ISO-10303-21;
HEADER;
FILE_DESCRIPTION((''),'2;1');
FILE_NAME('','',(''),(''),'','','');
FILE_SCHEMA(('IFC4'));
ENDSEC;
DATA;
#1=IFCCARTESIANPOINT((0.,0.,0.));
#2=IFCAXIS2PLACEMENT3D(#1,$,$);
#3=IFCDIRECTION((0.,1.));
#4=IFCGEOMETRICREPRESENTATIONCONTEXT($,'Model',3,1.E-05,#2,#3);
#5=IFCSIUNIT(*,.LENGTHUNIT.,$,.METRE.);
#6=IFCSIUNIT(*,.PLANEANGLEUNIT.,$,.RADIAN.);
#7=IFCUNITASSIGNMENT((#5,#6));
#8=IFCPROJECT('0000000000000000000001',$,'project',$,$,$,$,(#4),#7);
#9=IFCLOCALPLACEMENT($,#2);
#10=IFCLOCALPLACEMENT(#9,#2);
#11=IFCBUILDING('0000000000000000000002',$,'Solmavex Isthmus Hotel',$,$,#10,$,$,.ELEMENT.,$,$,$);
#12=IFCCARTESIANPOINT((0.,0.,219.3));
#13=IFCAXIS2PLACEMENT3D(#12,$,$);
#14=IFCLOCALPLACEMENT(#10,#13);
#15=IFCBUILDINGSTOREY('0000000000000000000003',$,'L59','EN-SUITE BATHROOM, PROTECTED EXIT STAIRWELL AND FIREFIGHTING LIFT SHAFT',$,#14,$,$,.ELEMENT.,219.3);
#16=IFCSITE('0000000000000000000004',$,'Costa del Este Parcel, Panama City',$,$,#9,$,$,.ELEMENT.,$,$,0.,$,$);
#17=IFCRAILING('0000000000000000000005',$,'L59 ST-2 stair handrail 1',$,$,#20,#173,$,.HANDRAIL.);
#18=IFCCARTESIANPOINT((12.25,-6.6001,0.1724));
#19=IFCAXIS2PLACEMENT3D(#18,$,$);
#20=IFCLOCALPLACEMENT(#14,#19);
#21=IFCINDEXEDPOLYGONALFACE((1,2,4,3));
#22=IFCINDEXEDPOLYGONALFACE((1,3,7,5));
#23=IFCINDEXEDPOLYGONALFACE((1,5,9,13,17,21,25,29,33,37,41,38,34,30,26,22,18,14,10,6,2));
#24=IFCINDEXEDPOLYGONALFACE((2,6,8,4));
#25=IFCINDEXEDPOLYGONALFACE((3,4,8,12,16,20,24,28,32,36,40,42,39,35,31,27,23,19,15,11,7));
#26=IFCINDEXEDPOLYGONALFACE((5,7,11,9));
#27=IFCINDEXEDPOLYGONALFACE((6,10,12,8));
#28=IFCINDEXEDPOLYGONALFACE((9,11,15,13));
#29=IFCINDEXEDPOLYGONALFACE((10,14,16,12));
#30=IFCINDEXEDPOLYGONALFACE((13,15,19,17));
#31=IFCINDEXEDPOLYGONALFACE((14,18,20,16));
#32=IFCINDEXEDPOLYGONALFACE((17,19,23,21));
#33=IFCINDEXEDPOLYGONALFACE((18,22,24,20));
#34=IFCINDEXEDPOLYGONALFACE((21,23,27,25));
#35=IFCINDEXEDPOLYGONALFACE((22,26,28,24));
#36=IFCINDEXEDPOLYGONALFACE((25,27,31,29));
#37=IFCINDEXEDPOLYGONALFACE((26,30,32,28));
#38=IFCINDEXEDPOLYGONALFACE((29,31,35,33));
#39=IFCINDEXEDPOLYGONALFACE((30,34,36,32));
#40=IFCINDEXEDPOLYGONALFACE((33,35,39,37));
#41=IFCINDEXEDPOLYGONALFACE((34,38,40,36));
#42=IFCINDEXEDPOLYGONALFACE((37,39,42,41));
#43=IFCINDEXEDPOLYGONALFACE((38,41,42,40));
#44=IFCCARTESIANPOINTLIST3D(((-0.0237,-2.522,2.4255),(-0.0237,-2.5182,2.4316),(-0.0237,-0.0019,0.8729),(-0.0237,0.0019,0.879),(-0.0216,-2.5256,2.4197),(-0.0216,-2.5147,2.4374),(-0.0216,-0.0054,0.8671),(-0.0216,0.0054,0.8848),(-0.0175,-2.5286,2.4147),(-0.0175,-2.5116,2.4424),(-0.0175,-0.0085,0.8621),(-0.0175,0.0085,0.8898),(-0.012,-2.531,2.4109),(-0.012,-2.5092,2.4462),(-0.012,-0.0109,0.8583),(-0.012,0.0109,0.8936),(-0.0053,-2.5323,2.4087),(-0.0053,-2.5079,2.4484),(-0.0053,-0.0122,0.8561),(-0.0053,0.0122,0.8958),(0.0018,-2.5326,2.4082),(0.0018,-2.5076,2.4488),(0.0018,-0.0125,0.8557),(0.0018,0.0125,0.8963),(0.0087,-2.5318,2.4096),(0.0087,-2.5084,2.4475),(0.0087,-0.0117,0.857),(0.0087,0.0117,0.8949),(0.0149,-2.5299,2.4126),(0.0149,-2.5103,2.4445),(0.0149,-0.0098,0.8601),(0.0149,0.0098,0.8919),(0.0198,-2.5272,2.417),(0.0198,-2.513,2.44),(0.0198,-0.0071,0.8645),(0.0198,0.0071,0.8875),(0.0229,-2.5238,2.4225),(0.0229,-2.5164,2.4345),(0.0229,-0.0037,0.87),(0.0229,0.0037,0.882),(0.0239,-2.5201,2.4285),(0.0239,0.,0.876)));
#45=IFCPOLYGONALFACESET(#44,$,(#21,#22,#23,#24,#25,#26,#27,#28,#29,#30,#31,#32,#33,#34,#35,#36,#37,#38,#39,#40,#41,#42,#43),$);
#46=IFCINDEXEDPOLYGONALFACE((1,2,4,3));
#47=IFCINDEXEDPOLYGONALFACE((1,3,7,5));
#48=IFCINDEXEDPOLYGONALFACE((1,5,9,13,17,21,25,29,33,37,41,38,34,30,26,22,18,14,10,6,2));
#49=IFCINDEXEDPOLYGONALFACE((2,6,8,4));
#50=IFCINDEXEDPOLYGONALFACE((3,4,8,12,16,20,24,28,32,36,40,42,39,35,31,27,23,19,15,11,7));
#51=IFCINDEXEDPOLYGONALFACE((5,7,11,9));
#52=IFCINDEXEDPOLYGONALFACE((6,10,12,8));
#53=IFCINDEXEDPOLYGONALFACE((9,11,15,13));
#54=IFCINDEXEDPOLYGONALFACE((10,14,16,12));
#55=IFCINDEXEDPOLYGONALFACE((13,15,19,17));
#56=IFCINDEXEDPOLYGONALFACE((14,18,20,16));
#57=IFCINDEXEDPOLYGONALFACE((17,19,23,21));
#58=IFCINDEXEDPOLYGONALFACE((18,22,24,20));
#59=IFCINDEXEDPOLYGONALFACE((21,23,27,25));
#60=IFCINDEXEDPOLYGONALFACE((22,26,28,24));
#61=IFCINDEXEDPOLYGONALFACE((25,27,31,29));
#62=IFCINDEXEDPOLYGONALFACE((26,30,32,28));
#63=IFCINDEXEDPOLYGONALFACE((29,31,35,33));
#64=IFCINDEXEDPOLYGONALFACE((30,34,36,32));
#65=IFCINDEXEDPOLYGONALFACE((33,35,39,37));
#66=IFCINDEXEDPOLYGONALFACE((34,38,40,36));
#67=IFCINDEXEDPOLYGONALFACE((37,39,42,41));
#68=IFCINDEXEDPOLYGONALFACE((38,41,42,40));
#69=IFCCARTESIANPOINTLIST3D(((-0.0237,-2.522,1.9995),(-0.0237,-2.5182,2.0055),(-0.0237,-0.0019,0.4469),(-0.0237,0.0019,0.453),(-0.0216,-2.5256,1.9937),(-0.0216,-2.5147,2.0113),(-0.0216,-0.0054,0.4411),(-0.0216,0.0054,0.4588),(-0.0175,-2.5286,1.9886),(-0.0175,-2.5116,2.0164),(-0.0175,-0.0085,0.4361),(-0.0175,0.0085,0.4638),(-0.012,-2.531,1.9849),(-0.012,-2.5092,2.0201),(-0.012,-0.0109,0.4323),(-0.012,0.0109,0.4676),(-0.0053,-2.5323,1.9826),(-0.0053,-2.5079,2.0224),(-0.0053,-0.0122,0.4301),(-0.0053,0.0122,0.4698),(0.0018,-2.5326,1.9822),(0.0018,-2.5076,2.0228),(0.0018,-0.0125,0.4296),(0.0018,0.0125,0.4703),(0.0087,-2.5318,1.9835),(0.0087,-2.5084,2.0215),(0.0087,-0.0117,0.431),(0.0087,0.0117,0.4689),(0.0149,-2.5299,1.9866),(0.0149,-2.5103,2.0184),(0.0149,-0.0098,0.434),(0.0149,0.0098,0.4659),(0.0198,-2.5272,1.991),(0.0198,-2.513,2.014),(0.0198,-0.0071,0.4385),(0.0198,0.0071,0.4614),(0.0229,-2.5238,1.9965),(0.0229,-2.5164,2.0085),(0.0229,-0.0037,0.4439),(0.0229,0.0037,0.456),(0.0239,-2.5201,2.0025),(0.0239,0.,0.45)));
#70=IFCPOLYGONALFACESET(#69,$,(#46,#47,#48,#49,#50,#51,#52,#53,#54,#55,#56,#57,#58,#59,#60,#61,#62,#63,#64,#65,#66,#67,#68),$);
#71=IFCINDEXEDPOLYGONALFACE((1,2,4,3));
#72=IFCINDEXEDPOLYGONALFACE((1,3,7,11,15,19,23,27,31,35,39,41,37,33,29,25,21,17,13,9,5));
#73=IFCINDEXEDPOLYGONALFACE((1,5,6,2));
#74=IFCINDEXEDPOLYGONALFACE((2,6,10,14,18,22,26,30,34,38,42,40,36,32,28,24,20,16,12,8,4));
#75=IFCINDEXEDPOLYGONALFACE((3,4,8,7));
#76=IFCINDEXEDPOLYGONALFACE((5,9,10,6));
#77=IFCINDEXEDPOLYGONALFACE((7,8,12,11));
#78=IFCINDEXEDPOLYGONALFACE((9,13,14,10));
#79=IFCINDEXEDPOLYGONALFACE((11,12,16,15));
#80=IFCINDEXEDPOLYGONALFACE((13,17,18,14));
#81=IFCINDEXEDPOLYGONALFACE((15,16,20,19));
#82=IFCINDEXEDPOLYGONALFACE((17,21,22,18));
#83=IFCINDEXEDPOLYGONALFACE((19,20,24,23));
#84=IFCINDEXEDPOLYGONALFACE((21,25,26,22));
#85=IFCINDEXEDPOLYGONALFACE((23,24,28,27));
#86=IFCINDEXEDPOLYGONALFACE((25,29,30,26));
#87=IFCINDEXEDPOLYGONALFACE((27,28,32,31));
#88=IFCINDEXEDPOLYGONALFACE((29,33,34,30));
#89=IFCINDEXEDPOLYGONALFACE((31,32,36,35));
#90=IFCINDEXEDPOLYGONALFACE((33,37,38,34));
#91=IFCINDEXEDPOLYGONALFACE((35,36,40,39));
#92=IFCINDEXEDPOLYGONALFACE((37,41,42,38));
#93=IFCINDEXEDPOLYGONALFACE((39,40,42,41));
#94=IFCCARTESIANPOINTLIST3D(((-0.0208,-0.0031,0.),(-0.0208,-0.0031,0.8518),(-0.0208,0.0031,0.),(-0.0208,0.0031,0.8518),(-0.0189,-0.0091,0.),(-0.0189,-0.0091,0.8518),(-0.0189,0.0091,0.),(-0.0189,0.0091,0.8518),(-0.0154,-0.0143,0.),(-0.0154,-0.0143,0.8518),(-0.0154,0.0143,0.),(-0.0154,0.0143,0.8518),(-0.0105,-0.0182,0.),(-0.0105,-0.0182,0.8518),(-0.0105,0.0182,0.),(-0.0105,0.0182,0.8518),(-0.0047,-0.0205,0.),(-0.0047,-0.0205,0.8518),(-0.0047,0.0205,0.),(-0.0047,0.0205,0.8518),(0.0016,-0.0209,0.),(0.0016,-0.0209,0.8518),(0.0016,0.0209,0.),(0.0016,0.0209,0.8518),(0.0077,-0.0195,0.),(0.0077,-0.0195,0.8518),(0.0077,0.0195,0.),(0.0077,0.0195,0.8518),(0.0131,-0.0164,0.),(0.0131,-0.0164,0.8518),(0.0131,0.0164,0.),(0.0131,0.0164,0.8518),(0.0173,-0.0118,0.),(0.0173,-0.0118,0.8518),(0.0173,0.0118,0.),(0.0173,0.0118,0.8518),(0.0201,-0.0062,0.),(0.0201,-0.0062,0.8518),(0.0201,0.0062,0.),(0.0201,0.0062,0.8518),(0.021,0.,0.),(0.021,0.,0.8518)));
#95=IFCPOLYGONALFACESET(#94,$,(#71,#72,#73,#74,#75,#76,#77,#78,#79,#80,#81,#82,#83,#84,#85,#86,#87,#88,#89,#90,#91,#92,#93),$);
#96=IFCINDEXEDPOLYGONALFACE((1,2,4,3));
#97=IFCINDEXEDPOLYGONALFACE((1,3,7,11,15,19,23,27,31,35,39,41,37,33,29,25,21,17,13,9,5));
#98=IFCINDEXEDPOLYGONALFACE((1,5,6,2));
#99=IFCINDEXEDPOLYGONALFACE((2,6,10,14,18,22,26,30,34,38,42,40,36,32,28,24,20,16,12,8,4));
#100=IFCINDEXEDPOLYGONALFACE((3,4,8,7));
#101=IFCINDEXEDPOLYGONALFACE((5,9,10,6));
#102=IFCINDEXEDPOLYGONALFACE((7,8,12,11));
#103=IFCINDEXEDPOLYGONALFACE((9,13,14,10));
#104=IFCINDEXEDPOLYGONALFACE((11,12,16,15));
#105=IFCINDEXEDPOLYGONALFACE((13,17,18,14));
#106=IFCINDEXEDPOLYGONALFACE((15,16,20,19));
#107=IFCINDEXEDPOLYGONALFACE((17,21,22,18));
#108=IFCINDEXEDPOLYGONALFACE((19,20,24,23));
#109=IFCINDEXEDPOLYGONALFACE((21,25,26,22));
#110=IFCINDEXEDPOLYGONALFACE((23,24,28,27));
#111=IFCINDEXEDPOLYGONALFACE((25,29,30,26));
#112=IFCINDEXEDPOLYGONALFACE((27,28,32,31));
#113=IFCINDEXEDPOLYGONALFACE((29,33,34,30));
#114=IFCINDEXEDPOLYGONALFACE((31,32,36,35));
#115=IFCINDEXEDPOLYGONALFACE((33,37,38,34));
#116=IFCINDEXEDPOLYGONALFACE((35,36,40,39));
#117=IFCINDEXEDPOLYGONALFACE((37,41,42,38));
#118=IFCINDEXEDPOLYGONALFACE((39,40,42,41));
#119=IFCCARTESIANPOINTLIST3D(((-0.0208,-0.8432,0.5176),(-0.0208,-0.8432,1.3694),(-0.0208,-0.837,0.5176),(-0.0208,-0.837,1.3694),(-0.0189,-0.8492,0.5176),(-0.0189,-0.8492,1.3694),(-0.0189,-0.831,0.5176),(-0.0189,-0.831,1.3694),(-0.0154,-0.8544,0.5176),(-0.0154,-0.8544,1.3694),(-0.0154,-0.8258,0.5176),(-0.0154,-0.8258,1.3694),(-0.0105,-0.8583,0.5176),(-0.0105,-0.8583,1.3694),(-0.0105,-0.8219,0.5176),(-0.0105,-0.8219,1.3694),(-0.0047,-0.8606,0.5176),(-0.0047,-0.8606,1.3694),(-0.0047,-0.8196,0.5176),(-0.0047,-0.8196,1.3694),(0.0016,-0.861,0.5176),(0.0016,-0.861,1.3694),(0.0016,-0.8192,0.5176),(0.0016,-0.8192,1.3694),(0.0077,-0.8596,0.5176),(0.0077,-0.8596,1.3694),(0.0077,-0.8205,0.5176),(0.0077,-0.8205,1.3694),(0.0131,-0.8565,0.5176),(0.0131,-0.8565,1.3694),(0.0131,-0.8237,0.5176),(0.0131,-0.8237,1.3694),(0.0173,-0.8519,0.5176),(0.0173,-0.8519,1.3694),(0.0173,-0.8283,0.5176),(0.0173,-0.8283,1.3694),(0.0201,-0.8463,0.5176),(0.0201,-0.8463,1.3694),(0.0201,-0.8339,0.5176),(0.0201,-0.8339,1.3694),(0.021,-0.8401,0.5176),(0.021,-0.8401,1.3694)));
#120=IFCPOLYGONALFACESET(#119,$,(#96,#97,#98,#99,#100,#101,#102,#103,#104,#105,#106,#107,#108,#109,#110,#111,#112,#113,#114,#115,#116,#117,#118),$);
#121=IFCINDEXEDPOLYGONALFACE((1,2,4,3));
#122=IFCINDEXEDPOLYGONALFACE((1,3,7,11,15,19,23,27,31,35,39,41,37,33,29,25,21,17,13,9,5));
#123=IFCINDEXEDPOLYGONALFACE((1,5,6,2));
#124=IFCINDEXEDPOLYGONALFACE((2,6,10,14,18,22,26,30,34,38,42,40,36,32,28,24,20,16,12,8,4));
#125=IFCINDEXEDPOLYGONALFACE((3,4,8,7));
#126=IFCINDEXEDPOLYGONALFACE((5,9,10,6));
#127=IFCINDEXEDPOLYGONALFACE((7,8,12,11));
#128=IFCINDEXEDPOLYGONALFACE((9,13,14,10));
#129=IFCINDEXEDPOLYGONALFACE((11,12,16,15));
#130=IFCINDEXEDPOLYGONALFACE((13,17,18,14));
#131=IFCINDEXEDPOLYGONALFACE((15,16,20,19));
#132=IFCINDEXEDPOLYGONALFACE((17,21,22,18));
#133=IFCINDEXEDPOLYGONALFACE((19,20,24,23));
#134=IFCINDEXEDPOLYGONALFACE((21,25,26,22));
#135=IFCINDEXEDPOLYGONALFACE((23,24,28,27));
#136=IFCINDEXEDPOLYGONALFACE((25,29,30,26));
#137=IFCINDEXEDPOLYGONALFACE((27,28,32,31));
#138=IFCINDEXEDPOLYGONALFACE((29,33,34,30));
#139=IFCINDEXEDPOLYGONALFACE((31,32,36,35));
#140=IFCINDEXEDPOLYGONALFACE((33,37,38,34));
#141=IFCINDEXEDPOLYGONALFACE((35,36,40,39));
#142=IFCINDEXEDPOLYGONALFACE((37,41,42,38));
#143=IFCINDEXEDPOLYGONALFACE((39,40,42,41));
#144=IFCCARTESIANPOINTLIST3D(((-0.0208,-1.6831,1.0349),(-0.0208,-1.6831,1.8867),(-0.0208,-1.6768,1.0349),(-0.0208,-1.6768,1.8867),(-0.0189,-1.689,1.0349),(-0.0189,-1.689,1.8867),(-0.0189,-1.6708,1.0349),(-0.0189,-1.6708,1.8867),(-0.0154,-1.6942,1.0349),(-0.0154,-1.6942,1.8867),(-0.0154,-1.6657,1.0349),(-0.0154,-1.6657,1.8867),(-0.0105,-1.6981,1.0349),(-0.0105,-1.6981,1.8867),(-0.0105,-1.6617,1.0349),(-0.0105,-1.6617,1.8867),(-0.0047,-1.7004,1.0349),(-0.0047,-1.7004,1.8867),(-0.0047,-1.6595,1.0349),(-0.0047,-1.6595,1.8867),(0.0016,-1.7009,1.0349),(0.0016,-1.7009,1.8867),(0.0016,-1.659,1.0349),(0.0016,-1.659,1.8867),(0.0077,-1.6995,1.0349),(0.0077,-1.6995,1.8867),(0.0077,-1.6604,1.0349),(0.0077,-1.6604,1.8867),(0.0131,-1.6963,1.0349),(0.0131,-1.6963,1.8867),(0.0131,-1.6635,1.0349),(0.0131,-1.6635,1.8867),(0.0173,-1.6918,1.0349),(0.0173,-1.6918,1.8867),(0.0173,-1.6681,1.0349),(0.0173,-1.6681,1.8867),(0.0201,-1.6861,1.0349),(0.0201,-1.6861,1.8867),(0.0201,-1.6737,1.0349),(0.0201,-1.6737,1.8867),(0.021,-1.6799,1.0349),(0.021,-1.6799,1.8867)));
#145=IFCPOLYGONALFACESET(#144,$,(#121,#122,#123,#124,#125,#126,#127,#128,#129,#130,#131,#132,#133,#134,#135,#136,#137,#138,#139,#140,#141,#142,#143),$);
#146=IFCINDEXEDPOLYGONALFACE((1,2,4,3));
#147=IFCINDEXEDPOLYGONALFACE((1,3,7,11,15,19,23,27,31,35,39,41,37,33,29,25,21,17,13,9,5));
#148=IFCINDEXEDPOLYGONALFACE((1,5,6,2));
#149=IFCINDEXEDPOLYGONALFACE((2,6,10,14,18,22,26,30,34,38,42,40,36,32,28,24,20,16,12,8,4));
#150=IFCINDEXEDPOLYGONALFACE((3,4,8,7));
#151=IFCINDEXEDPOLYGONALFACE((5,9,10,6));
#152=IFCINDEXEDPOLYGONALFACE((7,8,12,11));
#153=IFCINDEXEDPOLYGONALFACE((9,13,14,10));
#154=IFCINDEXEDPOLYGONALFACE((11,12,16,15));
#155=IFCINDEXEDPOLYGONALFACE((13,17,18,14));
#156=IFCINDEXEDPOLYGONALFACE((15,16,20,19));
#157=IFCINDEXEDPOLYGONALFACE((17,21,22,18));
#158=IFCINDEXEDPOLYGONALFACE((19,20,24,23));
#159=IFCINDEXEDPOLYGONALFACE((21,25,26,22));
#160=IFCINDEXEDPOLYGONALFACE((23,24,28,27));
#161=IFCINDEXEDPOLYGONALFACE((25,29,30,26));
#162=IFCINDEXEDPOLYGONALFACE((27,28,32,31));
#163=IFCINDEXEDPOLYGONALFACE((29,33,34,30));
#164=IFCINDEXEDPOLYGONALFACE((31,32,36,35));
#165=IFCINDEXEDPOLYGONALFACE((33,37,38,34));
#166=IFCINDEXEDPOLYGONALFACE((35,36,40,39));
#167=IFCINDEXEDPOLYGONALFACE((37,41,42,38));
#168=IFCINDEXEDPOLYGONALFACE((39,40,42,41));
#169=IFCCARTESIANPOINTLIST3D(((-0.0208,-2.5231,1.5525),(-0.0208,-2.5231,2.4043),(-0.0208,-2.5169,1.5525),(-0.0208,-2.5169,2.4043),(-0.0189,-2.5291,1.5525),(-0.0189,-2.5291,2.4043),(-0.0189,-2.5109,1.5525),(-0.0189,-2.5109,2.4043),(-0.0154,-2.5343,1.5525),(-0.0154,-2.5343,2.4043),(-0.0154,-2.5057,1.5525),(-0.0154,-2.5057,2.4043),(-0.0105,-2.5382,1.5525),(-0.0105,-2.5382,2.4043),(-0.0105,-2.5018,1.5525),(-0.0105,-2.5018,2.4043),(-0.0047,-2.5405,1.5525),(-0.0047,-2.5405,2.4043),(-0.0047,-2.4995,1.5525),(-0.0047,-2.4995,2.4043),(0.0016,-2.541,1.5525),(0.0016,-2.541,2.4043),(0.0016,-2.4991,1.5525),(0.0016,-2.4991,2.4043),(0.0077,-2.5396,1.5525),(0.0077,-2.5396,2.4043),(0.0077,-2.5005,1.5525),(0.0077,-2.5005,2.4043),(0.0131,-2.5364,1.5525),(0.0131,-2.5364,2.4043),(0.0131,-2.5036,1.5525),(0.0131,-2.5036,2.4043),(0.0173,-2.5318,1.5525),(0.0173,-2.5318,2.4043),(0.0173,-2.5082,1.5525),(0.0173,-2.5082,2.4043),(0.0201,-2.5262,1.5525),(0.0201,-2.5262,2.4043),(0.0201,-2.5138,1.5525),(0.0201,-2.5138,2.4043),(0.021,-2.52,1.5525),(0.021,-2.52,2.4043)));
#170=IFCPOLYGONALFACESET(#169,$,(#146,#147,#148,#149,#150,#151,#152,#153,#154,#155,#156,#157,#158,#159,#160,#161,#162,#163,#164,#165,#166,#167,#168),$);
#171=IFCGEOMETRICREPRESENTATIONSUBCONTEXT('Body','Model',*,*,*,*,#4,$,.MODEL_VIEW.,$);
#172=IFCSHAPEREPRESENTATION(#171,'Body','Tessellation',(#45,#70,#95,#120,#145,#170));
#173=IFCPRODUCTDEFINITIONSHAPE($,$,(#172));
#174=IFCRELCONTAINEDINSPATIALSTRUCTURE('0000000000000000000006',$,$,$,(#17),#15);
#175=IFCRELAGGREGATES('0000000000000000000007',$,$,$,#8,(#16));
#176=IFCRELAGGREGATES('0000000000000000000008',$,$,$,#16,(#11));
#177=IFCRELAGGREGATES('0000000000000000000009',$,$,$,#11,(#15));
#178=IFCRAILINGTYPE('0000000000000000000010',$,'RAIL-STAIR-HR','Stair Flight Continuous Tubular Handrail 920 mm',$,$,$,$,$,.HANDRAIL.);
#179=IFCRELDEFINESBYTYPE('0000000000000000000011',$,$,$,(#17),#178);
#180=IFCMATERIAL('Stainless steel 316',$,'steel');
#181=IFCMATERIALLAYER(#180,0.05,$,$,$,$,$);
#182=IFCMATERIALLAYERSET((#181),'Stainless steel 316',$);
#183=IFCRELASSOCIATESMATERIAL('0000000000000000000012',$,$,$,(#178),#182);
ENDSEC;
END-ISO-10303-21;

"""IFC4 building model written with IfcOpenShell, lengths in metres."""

from ifc_helpers import new_model, si_unit, direction, frame, origin, origin_2d, place, context, subcontext, project, spatial, circle, extrude, material, layer, layer_set, type_object, element, save


model = new_model("IFC4")

# Units and contexts
model_context = context("Model", 3, precision=1e-05, world=origin(), true_north=direction((0.0, 1.0)))
body_context = subcontext(model_context, "Body", "Model", "MODEL_VIEW")
ifc_project = project(units=[si_unit("LENGTHUNIT", "METRE"), si_unit("PLANEANGLEUNIT", "RADIAN")], contexts=[model_context])

# Site, building, storey
site_placement = place(None, origin())
site = spatial("IfcSite", under=ifc_project, at=site_placement, Name="Costa del Este Parcel, Panama City", CompositionType="ELEMENT", RefElevation=0.0)
building_placement = place(site_placement, origin())
building = spatial("IfcBuilding", under=site, at=building_placement, Name="Solmavex Isthmus Hotel", CompositionType="ELEMENT")
storey_placement = place(building_placement, frame((0.0, 0.0, 219.3)))
storey = spatial("IfcBuildingStorey", under=building, at=storey_placement, Name="L59", Description="EN-SUITE BATHROOM, PROTECTED EXIT STAIRWELL AND FIREFIGHTING LIFT SHAFT", CompositionType="ELEMENT", Elevation=219.3)

# Railing
ifc_material_1 = material(Name="Stainless steel 316", Category="steel")
ifc_layer_1 = layer(ifc_material_1, 0.05)
ifc_layer_set_1 = layer_set([ifc_layer_1], Name="Stainless steel 316")
railing_type_1 = type_object("IfcRailingType", Name="RAIL-STAIR-HR", Description="Stair Flight Continuous Tubular Handrail 920 mm", PredefinedType="HANDRAIL", material=ifc_layer_set_1)
railing_1_placement = place(storey_placement, frame((12.25, -6.6001, 0.1724)))
element("IfcRailing", 1, at=railing_1_placement, inside=storey, type_object=railing_type_1, Name="L59 ST-2 stair handrail 1", PredefinedType="HANDRAIL", context=body_context, shape_type="SweptSolid", body=[
    extrude(circle(Radius=0.0239, at=origin_2d()), frame((0.0, 0.0, 0.876), z_axis=(0.0, -0.8514, 0.524516), x_axis=(1.0, 0.0, 0.0)), (0.0, 0.0, 1.0), 2.96),
    extrude(circle(Radius=0.0239, at=origin_2d()), frame((0.0, 0.0, 0.45), z_axis=(0.0, -0.8514, 0.524516), x_axis=(1.0, 0.0, 0.0)), (0.0, 0.0, 1.0), 2.96),
    extrude(circle(Radius=0.021, at=origin_2d()), origin(), (0.0, 0.0, 1.0), 0.8518),
    extrude(circle(Radius=0.021, at=origin_2d()), frame((0.0, -0.8401, 0.5176)), (0.0, 0.0, 1.0), 0.8518),
    extrude(circle(Radius=0.021, at=origin_2d()), frame((0.0, -1.6799, 1.0349)), (0.0, 0.0, 1.0), 0.8518),
    extrude(circle(Radius=0.021, at=origin_2d()), frame((0.0, -2.52, 1.5525)), (0.0, 0.0, 1.0), 0.8518),
])

save(model, "model.ifc")
